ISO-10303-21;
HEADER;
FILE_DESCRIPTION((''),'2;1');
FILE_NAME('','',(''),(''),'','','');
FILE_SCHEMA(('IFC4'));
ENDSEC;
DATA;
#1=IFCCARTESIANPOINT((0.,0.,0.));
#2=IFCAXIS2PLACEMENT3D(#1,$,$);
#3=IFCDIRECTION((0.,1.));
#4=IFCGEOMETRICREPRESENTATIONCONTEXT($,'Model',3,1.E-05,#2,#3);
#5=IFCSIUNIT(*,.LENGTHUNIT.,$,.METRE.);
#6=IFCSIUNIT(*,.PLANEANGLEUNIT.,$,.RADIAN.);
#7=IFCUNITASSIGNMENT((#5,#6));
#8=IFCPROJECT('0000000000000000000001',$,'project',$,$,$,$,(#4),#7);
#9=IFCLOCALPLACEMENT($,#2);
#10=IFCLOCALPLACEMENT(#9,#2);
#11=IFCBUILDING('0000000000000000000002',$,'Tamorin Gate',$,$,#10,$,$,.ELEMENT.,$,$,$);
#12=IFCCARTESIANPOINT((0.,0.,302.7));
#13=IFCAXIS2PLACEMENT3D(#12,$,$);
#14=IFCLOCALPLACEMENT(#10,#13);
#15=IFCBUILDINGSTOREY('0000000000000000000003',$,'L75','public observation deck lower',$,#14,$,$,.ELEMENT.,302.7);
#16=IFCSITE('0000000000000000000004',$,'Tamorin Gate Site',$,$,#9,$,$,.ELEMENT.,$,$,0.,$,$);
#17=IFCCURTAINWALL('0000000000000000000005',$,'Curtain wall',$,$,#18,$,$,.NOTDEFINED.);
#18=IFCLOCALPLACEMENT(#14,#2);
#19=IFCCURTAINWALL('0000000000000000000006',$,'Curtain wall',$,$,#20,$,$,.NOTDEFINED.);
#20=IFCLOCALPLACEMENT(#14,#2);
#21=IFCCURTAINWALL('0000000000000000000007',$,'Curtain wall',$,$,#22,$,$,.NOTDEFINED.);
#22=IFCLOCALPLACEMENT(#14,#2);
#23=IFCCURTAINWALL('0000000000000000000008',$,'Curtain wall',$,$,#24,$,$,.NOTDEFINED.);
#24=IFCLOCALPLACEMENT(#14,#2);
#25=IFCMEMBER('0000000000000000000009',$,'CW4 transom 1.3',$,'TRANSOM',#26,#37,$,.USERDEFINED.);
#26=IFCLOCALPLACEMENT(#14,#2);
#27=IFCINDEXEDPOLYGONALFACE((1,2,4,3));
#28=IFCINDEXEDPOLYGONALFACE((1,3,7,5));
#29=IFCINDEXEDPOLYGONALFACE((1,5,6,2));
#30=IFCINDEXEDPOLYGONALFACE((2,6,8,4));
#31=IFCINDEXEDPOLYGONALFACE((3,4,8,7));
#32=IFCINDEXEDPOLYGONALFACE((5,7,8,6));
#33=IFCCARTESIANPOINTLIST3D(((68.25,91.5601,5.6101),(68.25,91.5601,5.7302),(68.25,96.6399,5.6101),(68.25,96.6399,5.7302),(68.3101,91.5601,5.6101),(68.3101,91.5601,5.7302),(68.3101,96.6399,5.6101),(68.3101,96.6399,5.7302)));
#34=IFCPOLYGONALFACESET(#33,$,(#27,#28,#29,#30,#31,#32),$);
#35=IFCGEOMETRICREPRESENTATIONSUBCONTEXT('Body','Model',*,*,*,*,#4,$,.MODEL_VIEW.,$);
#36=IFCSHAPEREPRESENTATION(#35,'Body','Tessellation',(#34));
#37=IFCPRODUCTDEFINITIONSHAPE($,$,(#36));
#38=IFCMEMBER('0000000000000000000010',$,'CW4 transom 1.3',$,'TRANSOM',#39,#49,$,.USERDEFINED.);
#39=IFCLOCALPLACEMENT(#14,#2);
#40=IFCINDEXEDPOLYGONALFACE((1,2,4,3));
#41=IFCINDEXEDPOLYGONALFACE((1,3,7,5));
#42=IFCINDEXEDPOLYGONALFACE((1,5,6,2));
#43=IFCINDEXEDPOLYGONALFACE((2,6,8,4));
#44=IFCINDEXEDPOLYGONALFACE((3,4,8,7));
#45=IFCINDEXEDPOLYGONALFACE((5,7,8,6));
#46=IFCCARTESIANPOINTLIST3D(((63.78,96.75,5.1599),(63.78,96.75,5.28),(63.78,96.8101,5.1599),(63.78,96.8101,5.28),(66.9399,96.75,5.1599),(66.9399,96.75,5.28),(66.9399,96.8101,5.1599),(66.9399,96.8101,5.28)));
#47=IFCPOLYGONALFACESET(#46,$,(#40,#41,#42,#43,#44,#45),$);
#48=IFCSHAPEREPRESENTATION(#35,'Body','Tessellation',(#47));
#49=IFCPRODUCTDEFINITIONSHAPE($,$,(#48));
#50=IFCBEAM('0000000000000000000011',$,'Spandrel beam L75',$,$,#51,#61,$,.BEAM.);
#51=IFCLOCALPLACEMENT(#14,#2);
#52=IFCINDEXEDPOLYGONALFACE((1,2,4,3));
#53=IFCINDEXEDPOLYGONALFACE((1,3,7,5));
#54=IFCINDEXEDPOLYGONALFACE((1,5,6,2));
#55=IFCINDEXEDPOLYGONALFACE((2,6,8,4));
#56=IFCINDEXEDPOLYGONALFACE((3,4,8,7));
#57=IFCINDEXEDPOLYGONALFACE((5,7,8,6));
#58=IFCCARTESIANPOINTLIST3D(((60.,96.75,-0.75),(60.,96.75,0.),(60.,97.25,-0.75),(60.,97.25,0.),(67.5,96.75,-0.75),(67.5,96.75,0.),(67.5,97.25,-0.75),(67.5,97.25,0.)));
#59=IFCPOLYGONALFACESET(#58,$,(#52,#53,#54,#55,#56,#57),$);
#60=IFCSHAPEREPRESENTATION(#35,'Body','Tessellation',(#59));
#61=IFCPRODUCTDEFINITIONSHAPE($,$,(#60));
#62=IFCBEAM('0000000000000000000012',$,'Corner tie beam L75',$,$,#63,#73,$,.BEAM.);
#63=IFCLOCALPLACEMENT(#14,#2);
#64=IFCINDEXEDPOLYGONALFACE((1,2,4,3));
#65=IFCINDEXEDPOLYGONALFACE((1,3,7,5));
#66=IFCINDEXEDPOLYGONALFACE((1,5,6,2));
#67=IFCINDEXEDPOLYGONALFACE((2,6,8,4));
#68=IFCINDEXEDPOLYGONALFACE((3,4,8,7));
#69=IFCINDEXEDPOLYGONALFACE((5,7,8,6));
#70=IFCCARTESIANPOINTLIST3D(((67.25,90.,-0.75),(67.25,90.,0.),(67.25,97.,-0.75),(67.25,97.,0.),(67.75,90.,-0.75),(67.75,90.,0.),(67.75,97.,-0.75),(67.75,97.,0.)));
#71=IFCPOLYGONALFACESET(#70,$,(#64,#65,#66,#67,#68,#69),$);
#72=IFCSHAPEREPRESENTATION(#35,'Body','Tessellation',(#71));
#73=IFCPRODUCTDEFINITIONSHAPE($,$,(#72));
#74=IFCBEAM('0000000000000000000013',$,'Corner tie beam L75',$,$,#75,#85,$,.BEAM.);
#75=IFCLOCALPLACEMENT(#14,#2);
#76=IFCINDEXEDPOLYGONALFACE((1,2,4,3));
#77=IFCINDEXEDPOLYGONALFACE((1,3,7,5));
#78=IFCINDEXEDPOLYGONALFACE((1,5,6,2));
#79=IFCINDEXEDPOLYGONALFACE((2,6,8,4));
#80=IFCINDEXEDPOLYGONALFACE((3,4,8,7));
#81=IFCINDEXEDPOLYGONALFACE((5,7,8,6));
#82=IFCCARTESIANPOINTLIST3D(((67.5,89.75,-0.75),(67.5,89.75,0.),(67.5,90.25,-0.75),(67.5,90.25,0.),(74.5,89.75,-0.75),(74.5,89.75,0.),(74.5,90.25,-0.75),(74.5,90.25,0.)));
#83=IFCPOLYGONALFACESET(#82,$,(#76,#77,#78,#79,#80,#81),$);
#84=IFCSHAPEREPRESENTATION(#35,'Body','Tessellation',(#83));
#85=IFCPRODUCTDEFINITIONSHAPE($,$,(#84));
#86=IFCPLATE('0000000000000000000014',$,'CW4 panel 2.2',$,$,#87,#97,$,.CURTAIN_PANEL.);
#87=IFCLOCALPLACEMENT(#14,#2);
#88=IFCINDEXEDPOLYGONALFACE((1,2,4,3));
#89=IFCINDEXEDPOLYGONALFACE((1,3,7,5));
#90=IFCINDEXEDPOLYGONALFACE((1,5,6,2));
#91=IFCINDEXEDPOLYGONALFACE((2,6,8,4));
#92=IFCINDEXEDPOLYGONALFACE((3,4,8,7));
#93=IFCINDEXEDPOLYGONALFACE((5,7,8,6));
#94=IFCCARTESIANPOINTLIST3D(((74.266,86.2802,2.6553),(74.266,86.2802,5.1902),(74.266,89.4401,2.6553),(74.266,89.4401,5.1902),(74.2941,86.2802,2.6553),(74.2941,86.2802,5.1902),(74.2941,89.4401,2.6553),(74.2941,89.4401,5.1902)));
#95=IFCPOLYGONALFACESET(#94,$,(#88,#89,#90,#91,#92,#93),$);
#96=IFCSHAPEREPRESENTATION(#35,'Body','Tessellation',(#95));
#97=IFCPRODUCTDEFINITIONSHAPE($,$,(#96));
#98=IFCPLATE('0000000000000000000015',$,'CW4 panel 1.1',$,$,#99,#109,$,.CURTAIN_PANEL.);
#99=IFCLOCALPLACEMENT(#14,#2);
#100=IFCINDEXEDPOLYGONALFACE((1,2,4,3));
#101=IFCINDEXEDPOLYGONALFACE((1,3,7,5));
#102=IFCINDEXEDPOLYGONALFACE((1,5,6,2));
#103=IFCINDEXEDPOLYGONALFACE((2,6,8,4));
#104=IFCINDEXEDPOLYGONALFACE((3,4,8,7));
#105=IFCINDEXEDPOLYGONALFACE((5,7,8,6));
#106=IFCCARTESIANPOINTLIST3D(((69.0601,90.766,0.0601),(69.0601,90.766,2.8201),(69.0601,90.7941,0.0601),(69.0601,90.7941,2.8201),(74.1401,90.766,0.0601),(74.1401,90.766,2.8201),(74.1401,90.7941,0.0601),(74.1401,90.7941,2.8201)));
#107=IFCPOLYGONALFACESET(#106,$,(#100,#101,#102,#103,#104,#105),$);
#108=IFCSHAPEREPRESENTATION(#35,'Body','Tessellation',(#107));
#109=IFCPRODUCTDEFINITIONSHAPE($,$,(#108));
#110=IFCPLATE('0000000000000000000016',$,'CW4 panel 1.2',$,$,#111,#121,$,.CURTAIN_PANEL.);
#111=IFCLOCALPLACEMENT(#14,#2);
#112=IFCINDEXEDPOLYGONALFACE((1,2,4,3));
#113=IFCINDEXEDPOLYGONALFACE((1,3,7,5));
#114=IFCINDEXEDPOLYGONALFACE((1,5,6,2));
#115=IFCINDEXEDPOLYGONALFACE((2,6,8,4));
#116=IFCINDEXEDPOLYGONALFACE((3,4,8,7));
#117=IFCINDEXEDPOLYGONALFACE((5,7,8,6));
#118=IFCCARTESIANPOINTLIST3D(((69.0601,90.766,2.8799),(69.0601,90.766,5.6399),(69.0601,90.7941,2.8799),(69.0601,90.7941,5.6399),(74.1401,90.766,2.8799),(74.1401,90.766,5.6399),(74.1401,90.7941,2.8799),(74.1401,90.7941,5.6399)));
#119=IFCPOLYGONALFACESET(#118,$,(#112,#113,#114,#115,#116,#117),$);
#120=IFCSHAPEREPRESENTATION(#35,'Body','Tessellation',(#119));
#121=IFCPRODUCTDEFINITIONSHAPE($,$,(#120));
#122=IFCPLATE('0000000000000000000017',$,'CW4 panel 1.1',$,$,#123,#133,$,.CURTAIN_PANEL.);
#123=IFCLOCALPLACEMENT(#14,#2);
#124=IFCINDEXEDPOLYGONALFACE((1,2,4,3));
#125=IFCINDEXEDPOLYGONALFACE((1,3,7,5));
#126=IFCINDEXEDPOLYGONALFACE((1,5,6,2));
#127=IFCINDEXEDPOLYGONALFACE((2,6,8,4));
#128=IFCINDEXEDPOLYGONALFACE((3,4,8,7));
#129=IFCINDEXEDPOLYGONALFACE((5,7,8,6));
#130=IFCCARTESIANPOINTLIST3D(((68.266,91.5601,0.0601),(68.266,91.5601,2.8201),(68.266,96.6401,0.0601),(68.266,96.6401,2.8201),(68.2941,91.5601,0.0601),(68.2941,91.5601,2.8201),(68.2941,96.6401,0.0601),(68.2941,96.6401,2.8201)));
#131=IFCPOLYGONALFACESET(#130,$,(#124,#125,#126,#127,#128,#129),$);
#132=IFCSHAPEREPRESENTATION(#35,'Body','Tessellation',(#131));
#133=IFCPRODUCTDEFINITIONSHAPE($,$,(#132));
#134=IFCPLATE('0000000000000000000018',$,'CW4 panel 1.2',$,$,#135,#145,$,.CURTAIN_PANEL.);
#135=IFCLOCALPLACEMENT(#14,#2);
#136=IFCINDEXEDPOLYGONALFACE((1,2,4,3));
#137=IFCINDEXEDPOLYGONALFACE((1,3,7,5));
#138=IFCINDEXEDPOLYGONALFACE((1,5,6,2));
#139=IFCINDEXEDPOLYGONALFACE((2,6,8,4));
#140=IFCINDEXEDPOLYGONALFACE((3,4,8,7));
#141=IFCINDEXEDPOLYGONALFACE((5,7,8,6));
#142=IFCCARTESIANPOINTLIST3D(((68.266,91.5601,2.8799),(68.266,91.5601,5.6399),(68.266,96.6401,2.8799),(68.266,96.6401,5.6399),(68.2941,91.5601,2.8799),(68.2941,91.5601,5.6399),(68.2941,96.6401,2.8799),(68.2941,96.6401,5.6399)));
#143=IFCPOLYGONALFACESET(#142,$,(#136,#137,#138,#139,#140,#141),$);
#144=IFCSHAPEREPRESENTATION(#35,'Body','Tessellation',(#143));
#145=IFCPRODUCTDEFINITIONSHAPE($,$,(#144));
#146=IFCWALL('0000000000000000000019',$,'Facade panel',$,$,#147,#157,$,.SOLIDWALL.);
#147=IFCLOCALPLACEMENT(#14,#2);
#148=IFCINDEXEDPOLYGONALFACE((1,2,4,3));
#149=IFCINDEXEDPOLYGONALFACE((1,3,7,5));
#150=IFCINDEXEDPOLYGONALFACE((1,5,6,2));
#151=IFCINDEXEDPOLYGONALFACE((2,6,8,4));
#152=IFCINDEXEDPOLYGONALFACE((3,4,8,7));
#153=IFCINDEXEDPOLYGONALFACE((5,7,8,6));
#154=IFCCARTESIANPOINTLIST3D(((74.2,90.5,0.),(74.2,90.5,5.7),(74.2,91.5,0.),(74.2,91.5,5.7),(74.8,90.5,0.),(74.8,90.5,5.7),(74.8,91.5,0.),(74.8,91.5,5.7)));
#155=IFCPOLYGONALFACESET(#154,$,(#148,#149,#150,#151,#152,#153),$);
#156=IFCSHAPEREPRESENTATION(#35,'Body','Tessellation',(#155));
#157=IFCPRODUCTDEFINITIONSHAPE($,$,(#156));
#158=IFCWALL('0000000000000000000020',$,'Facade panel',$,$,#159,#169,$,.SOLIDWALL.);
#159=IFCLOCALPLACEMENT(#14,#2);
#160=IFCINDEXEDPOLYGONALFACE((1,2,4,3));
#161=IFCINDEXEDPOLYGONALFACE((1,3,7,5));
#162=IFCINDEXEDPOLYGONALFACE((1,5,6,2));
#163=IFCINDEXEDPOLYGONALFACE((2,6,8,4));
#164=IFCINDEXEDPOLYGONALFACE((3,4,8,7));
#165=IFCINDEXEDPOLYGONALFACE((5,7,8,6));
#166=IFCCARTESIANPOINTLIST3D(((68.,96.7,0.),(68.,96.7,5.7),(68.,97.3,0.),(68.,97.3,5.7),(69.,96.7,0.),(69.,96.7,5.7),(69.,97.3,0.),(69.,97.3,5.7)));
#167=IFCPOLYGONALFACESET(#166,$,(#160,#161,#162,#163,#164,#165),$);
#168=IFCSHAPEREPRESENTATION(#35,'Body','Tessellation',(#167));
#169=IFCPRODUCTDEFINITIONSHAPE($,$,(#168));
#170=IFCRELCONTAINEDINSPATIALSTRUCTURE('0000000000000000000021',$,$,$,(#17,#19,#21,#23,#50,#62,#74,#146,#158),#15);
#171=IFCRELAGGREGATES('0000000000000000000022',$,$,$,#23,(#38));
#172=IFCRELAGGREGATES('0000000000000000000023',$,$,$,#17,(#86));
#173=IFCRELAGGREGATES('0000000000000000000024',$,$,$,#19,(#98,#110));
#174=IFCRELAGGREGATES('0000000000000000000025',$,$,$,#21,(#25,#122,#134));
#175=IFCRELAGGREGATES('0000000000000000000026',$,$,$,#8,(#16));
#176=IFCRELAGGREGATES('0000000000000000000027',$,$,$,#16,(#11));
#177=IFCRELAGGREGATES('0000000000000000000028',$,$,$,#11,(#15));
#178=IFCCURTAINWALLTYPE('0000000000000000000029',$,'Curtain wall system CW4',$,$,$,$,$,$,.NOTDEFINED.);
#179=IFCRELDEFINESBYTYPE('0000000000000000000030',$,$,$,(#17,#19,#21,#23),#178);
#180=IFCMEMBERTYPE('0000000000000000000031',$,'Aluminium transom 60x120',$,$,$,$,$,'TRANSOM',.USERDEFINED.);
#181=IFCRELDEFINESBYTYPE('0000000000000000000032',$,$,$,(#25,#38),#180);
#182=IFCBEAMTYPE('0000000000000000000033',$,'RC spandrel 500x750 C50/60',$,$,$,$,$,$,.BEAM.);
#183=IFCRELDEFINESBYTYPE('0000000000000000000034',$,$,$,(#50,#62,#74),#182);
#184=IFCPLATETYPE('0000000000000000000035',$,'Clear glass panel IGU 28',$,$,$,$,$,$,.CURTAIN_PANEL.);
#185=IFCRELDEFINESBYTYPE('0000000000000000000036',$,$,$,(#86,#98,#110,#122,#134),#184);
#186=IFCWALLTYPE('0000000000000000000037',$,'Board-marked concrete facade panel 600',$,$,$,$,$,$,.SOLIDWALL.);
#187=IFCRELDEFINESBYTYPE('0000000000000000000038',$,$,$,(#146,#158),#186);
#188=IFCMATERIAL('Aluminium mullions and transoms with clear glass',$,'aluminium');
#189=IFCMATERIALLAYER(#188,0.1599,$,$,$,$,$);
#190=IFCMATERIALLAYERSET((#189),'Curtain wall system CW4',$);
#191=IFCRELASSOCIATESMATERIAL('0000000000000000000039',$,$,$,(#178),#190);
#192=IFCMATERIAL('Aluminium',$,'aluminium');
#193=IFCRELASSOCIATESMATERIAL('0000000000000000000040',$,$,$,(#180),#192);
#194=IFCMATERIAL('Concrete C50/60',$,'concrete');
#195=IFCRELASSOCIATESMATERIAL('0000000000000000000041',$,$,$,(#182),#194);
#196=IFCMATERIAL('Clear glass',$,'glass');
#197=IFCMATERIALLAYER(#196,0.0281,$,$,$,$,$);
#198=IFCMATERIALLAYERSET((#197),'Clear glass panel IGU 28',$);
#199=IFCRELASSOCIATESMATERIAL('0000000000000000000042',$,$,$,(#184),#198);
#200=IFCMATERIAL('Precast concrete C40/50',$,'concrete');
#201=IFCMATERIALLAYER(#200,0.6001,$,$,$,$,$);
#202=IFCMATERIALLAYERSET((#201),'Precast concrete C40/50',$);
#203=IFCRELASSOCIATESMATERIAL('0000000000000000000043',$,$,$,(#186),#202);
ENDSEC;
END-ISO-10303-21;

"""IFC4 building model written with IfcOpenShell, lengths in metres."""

from ifc_helpers import new_model, si_unit, direction, frame, frame_2d, origin, origin_2d, place, context, subcontext, project, spatial, rectangle, extrude, material, layer, layer_set, material_profile, profile_set, type_object, element, aggregate, save


model = new_model("IFC4")

# Units and contexts
model_context = context("Model", 3, precision=1e-05, world=origin(), true_north=direction((0.0, 1.0)))
body_context = subcontext(model_context, "Body", "Model", "MODEL_VIEW")
ifc_project = project(units=[si_unit("LENGTHUNIT", "METRE"), si_unit("PLANEANGLEUNIT", "RADIAN")], contexts=[model_context])

# Site, building, storey
site_placement = place(None, origin())
site = spatial("IfcSite", under=ifc_project, at=site_placement, Name="Tamorin Gate Site", CompositionType="ELEMENT", RefElevation=0.0)
building_placement = place(site_placement, origin())
building = spatial("IfcBuilding", under=site, at=building_placement, Name="Tamorin Gate", CompositionType="ELEMENT")
storey_placement = place(building_placement, frame((0.0, 0.0, 302.7)))
storey = spatial("IfcBuildingStorey", under=building, at=storey_placement, Name="L75", Description="public observation deck lower", CompositionType="ELEMENT", Elevation=302.7)

# Shared definitions
ifc_material_1 = material(Name="Concrete C50/60", Category="concrete")

# Curtain wall
ifc_material_2 = material(Name="Aluminium mullions and transoms with clear glass", Category="aluminium")
ifc_layer_1 = layer(ifc_material_2, 0.1599)
ifc_layer_set_1 = layer_set([ifc_layer_1], Name="Curtain wall system CW4")
curtain_wall_type = type_object("IfcCurtainWallType", Name="Curtain wall system CW4", PredefinedType="NOTDEFINED", material=ifc_layer_set_1)
curtain_wall_1_placement = place(storey_placement, origin())
curtain_wall_1 = element("IfcCurtainWall", 1, at=curtain_wall_1_placement, inside=storey, type_object=curtain_wall_type, Name="Curtain wall", PredefinedType="NOTDEFINED")
ifc_material_3 = material(Name="Aluminium", Category="aluminium")

# Curtain walls
curtain_wall_2_placement = place(storey_placement, origin())
curtain_wall_2 = element("IfcCurtainWall", 2, at=curtain_wall_2_placement, inside=storey, type_object=curtain_wall_type, Name="Curtain wall", PredefinedType="NOTDEFINED")
curtain_wall_3_placement = place(storey_placement, origin())
curtain_wall_3 = element("IfcCurtainWall", 3, at=curtain_wall_3_placement, inside=storey, type_object=curtain_wall_type, Name="Curtain wall", PredefinedType="NOTDEFINED")

# Curtain wall
curtain_wall_4_placement = place(storey_placement, origin())
curtain_wall_4 = element("IfcCurtainWall", 4, at=curtain_wall_4_placement, inside=storey, type_object=curtain_wall_type, Name="Curtain wall", PredefinedType="NOTDEFINED")

# Members
ifc_material_profile_1 = material_profile(ifc_material_3, rectangle(XDim=0.0601, YDim=0.1201, at=origin_2d()), Name="RECT 60x120")
ifc_profile_set_1 = profile_set([ifc_material_profile_1], Name="Aluminium")
member_type_1 = type_object("IfcMemberType", Name="Aluminium transom 60x120", ElementType="TRANSOM", PredefinedType="USERDEFINED", material=ifc_profile_set_1)
member_1_placement = place(storey_placement, frame((68.28, 91.5601, 5.6702), z_axis=(0.0, 1.0, 0.0), x_axis=(-1.0, 0.0, 0.0)))
member_1 = element("IfcMember", 5, at=member_1_placement, type_object=member_type_1, Name="CW4 transom 1.3", ObjectType="TRANSOM", PredefinedType="USERDEFINED", context=body_context, shape_type="SweptSolid", body=[
    extrude(rectangle(XDim=0.0601, YDim=0.1201, at=origin_2d()), origin(), (0.0, 0.0, 1.0), 5.0798),
])
member_2_placement = place(storey_placement, frame((66.9399, 96.78, 5.22), z_axis=(-1.0, 0.0, 0.0), x_axis=(0.0, -1.0, 0.0)))
member_2 = element("IfcMember", 6, at=member_2_placement, type_object=member_type_1, Name="CW4 transom 1.3", ObjectType="TRANSOM", PredefinedType="USERDEFINED", context=body_context, shape_type="SweptSolid", body=[
    extrude(rectangle(XDim=0.0601, YDim=0.1201, at=origin_2d()), origin(), (0.0, 0.0, 1.0), 3.1599),
])
aggregate(curtain_wall_4, [member_2])

# Beams
ifc_material_profile_2 = material_profile(ifc_material_1, rectangle(XDim=0.5, YDim=0.75, at=origin_2d()), Name="RC 500x750")
ifc_profile_set_2 = profile_set([ifc_material_profile_2], Name="Concrete C50/60")
beam_type = type_object("IfcBeamType", Name="RC spandrel 500x750 C50/60", PredefinedType="BEAM", material=ifc_profile_set_2)
beam_placement = place(storey_placement, frame((67.5, 97.0, -0.375), z_axis=(-1.0, 0.0, 0.0), x_axis=(0.0, -1.0, 0.0)))
element("IfcBeam", 7, at=beam_placement, inside=storey, type_object=beam_type, Name="Spandrel beam L75", PredefinedType="BEAM", context=body_context, shape_type="SweptSolid", body=[
    extrude(rectangle(XDim=0.5, YDim=0.75, at=origin_2d()), origin(), (0.0, 0.0, 1.0), 7.5),
])
for number, where, z_axis, x_axis, name in (
    (8, (67.5, 90.0, -0.375), (0.0, 1.0, 0.0), (-1.0, 0.0, 0.0), "Corner tie beam L75"),
    (9, (67.5, 90.0, -0.375), (1.0, 0.0, 0.0), (0.0, 1.0, 0.0), "Corner tie beam L75"),
):
    element("IfcBeam", number, at=place(storey_placement, frame(where, z_axis=z_axis, x_axis=x_axis)), inside=storey, type_object=beam_type, Name=name, PredefinedType="BEAM", context=body_context, shape_type="SweptSolid", body=[
        extrude(rectangle(XDim=0.5, YDim=0.75, at=origin_2d()), origin(), (0.0, 0.0, 1.0), 7.0),
    ])

# Plates
ifc_material_4 = material(Name="Clear glass", Category="glass")
ifc_layer_2 = layer(ifc_material_4, 0.0281)
ifc_layer_set_2 = layer_set([ifc_layer_2], Name="Clear glass panel IGU 28")
plate_type = type_object("IfcPlateType", Name="Clear glass panel IGU 28", PredefinedType="CURTAIN_PANEL", material=ifc_layer_set_2)
plate_1_placement = place(storey_placement, frame((74.28, 87.8601, 2.6553), z_axis=(0.0, 0.0, 1.0), x_axis=(0.0, 1.0, 0.0)))
plate_1 = element("IfcPlate", 10, at=plate_1_placement, type_object=plate_type, Name="CW4 panel 2.2", PredefinedType="CURTAIN_PANEL", context=body_context, shape_type="SweptSolid", body=[
    extrude(rectangle(XDim=3.1599, YDim=0.0281, at=origin_2d()), origin(), (0.0, 0.0, 1.0), 2.5349),
])
aggregate(curtain_wall_1, [plate_1])
plate_2_placement = place(storey_placement, frame((71.6001, 90.78, 0.0601), z_axis=(0.0, 0.0, 1.0), x_axis=(-1.0, 0.0, 0.0)))
plate_2 = element("IfcPlate", 11, at=plate_2_placement, type_object=plate_type, Name="CW4 panel 1.1", PredefinedType="CURTAIN_PANEL", context=body_context, shape_type="SweptSolid", body=[
    extrude(rectangle(XDim=5.0801, YDim=0.0281, at=origin_2d()), origin(), (0.0, 0.0, 1.0), 2.76),
])
plate_3_placement = place(storey_placement, frame((71.6001, 90.78, 2.8799), z_axis=(0.0, 0.0, 1.0), x_axis=(-1.0, 0.0, 0.0)))
plate_3 = element("IfcPlate", 12, at=plate_3_placement, type_object=plate_type, Name="CW4 panel 1.2", PredefinedType="CURTAIN_PANEL", context=body_context, shape_type="SweptSolid", body=[
    extrude(rectangle(XDim=5.0801, YDim=0.0281, at=origin_2d()), origin(), (0.0, 0.0, 1.0), 2.76),
])
aggregate(curtain_wall_2, [plate_2, plate_3])
plate_4_placement = place(storey_placement, frame((68.28, 94.1001, 0.0601), z_axis=(0.0, 0.0, 1.0), x_axis=(0.0, 1.0, 0.0)))
plate_4 = element("IfcPlate", 13, at=plate_4_placement, type_object=plate_type, Name="CW4 panel 1.1", PredefinedType="CURTAIN_PANEL", context=body_context, shape_type="SweptSolid", body=[
    extrude(rectangle(XDim=5.0801, YDim=0.0281, at=origin_2d()), origin(), (0.0, 0.0, 1.0), 2.76),
])
plate_5_placement = place(storey_placement, frame((68.28, 94.1001, 2.8799), z_axis=(0.0, 0.0, 1.0), x_axis=(0.0, 1.0, 0.0)))
plate_5 = element("IfcPlate", 14, at=plate_5_placement, type_object=plate_type, Name="CW4 panel 1.2", PredefinedType="CURTAIN_PANEL", context=body_context, shape_type="SweptSolid", body=[
    extrude(rectangle(XDim=5.0801, YDim=0.0281, at=origin_2d()), origin(), (0.0, 0.0, 1.0), 2.76),
])
aggregate(curtain_wall_3, [member_1, plate_4, plate_5])

# Walls
ifc_material_5 = material(Name="Precast concrete C40/50", Category="concrete")
ifc_layer_3 = layer(ifc_material_5, 0.6001)
ifc_layer_set_3 = layer_set([ifc_layer_3], Name="Precast concrete C40/50")
wall_type = type_object("IfcWallType", Name="Board-marked concrete facade panel 600", PredefinedType="SOLIDWALL", material=ifc_layer_set_3)
for number, where, z_axis, x_axis, name in (
    (15, (74.5, 90.5, 0.0), (0.0, 0.0, 1.0), (0.0, 1.0, 0.0), "Facade panel"),
    (16, (69.0, 97.0, 0.0), (0.0, 0.0, 1.0), (-1.0, 0.0, 0.0), "Facade panel"),
):
    element("IfcWall", number, at=place(storey_placement, frame(where, z_axis=z_axis, x_axis=x_axis)), inside=storey, type_object=wall_type, Name=name, PredefinedType="SOLIDWALL", context=body_context, shape_type="SweptSolid", body=[
        extrude(rectangle(XDim=1.0, YDim=0.6001, at=frame_2d((0.5, 0.0))), origin(), (0.0, 0.0, 1.0), 5.7),
    ])

save(model, "model.ifc")
